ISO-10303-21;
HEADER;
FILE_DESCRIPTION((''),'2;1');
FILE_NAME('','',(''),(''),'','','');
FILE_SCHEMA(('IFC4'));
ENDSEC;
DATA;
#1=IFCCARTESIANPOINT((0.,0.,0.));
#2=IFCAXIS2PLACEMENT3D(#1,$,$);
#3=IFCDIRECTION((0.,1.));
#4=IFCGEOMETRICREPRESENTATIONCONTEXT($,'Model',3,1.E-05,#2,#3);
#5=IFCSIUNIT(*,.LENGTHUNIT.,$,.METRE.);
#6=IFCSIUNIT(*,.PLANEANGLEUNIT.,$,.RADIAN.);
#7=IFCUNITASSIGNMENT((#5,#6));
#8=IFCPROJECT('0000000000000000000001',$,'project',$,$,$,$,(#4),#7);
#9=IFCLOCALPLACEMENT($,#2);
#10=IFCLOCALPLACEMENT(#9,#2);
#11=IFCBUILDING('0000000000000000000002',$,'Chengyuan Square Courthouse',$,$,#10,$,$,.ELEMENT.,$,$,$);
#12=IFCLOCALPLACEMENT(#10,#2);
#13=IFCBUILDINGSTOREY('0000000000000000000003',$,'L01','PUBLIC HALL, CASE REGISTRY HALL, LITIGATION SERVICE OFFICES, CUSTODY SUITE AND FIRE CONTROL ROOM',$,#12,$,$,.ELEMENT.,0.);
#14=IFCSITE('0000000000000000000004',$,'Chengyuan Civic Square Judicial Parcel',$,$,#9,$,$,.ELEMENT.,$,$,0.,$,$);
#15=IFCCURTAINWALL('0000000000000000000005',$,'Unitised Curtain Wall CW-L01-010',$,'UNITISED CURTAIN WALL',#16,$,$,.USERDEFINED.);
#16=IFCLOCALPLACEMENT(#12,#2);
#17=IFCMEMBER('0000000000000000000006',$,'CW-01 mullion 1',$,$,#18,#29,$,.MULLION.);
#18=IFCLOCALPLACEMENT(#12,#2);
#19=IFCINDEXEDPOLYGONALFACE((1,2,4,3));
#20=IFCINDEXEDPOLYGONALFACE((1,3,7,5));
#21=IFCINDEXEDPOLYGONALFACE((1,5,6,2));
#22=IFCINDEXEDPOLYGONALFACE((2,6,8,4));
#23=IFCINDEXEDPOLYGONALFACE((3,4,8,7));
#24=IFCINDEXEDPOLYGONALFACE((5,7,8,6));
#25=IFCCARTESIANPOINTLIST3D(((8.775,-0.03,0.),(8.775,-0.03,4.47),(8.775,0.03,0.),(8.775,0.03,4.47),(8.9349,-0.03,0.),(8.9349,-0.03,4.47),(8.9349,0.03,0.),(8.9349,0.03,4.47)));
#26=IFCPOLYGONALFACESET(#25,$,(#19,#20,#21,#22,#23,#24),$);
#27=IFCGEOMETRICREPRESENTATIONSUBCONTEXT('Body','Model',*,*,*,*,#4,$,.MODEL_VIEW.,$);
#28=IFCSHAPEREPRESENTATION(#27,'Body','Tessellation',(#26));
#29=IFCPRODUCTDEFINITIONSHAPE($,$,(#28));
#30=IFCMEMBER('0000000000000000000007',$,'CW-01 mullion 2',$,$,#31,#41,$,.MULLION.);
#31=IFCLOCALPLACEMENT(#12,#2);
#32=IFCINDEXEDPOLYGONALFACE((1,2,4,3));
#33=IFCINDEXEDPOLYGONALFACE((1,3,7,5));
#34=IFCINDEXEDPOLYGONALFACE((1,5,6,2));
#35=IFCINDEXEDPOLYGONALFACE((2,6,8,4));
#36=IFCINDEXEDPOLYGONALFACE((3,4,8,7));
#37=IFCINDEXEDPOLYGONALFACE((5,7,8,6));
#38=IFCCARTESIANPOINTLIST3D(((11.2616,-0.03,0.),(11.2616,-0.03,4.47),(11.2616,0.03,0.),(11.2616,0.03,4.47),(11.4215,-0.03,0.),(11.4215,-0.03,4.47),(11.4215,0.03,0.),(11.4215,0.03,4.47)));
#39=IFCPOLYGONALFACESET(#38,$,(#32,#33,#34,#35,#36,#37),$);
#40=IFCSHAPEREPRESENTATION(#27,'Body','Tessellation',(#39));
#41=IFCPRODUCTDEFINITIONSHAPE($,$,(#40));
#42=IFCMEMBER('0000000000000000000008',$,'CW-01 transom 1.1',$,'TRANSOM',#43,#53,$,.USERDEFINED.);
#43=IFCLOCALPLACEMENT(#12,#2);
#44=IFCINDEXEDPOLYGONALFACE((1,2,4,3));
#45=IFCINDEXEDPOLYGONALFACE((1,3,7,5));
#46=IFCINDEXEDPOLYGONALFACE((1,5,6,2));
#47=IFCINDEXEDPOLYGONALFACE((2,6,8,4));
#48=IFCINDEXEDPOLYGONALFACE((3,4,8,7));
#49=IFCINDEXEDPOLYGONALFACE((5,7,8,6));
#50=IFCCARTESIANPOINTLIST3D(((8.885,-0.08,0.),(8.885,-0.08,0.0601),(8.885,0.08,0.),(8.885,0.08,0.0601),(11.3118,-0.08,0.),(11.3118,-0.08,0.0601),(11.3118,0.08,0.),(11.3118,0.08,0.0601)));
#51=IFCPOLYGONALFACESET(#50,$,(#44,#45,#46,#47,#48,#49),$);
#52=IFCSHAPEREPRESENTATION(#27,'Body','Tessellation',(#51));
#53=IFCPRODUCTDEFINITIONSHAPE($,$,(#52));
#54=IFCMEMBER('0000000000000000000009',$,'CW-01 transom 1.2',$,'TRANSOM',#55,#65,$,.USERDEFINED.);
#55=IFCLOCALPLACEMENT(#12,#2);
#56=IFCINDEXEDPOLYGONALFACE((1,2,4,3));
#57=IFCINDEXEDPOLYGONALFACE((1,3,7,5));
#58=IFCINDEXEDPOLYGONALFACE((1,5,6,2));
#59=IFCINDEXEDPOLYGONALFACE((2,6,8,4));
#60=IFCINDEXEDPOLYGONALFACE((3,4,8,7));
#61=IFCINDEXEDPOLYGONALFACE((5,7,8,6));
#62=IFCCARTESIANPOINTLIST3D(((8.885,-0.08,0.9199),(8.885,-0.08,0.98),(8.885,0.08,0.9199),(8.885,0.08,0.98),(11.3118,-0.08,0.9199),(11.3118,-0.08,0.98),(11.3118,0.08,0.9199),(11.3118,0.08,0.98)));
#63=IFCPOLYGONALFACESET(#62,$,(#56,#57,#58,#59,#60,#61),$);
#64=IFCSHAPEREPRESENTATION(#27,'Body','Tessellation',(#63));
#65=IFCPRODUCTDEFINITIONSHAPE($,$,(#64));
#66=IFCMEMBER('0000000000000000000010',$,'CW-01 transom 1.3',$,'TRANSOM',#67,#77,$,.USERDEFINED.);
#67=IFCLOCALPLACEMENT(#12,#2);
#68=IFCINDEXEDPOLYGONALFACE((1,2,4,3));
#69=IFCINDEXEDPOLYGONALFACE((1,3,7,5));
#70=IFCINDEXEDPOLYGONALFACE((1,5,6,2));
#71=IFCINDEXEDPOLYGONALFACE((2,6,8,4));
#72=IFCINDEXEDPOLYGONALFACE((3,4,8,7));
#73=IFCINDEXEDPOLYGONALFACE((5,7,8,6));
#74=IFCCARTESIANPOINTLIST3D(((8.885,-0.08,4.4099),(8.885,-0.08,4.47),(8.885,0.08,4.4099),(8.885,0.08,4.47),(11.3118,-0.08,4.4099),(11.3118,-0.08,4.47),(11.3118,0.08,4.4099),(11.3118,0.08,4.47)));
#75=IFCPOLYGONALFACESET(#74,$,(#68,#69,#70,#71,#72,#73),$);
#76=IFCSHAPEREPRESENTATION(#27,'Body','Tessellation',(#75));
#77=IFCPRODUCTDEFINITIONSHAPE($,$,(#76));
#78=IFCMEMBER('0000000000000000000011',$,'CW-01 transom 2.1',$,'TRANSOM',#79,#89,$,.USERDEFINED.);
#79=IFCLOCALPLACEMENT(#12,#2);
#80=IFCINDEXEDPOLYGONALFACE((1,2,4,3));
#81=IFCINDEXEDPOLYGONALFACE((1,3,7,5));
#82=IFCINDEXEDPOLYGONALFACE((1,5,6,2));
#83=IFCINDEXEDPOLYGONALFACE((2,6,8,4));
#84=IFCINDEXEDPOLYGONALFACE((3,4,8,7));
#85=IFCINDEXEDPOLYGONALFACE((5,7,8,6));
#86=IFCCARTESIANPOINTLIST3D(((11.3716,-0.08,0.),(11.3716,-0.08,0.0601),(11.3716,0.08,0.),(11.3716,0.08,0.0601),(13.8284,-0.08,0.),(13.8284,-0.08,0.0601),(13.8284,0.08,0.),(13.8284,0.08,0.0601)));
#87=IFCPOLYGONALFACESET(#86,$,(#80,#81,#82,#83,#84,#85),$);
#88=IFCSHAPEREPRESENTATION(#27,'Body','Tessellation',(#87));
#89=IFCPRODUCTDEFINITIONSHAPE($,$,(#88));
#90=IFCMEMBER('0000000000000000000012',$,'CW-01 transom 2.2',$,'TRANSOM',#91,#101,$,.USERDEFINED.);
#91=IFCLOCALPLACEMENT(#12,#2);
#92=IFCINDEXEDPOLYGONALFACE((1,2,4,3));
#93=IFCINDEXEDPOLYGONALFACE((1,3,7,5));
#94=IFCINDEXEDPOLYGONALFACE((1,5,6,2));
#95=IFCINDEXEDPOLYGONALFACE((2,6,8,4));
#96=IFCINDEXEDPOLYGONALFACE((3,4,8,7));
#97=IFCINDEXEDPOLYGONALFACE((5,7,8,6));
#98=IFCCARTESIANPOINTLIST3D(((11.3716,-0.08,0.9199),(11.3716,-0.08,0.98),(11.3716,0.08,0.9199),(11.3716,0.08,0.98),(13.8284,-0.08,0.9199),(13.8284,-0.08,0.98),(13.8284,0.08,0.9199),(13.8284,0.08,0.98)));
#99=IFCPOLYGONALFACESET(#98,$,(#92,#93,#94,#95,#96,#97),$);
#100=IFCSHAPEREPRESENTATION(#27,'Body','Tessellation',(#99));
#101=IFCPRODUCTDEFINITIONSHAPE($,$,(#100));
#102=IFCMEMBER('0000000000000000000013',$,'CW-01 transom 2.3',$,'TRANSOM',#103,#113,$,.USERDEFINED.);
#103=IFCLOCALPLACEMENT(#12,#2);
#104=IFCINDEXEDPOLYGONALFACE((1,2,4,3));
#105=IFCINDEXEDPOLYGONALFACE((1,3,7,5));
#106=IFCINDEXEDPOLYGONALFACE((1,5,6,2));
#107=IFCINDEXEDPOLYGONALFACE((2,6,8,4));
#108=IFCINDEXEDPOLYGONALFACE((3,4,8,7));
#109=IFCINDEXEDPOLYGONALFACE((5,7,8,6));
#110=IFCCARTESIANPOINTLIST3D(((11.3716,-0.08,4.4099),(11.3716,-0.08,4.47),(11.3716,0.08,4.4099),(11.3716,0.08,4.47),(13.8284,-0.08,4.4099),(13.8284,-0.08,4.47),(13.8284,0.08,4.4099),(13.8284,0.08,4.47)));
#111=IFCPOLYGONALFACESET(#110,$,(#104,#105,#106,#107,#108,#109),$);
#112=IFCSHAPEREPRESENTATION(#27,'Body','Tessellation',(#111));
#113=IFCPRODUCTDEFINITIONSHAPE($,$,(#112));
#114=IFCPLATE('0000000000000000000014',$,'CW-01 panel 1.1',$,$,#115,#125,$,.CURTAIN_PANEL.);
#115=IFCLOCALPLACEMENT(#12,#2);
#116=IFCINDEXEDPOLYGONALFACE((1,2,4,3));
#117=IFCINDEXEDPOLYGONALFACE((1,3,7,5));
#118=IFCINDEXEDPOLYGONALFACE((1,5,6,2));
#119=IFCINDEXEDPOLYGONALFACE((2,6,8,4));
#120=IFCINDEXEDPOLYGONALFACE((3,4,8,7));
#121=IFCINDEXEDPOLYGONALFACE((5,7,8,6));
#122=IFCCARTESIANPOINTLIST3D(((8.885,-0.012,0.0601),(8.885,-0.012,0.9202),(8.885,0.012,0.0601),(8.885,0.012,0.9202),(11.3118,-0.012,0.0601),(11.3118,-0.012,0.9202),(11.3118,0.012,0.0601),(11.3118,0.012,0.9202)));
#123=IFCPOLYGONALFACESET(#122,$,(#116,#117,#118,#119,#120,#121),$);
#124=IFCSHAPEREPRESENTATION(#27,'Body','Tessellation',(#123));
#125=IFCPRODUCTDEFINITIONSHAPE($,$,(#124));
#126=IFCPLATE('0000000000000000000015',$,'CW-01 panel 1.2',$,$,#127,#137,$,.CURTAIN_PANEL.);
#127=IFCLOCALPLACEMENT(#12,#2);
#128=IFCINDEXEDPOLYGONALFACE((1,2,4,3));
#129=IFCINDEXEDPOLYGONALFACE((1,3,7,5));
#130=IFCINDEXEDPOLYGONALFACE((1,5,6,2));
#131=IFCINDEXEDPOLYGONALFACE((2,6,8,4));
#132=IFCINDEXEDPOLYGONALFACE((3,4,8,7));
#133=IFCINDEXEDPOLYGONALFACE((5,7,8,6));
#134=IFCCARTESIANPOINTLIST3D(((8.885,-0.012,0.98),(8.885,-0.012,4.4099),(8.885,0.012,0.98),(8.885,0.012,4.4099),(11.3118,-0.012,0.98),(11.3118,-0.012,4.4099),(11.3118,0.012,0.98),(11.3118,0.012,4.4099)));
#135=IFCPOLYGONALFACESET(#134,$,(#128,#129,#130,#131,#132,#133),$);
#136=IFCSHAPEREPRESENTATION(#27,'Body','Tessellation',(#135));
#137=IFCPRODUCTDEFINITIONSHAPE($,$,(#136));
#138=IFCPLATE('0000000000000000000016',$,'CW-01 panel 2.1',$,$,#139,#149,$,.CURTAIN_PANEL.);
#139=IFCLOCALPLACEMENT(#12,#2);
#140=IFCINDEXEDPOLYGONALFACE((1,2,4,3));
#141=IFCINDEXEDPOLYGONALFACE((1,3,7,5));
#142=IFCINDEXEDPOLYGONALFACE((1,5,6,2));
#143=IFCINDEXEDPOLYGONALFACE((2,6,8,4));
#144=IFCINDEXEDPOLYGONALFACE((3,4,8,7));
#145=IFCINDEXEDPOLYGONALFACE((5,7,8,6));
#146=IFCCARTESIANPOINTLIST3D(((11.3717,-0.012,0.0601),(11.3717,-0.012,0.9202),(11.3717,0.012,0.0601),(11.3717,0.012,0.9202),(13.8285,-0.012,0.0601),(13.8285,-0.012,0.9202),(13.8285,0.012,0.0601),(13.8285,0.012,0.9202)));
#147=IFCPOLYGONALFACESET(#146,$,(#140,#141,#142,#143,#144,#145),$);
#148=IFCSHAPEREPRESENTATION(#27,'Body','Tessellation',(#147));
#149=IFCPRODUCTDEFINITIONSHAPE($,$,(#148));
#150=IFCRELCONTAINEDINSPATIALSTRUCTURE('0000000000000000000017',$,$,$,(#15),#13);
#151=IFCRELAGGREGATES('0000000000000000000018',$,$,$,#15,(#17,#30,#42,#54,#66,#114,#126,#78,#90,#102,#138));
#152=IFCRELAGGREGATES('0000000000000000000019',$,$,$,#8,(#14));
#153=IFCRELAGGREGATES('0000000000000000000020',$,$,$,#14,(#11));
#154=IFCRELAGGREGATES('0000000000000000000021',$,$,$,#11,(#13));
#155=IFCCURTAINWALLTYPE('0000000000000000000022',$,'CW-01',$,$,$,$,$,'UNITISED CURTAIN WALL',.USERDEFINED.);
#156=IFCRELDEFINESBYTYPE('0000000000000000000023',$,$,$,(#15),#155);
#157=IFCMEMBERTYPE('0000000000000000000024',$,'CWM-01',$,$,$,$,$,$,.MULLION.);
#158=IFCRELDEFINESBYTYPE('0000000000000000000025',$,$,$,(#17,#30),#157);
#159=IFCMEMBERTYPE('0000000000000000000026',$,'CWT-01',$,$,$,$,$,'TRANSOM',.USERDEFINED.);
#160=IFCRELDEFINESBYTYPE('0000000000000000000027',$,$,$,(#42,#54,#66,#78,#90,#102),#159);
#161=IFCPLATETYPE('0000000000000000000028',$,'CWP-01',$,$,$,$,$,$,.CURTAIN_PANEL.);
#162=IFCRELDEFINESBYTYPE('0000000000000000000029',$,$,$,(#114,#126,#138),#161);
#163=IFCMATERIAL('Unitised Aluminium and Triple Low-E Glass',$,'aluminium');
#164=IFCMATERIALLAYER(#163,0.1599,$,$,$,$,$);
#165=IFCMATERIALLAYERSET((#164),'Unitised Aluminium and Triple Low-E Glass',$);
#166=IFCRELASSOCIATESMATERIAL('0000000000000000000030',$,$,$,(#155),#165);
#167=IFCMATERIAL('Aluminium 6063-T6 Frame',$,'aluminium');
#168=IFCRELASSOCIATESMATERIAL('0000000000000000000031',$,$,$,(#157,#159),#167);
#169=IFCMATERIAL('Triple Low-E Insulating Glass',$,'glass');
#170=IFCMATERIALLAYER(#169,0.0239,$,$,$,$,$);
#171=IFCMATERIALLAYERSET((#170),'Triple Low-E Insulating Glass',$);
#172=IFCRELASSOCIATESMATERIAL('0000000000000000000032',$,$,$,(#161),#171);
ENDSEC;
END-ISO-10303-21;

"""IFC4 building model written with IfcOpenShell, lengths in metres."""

from ifc_helpers import new_model, si_unit, direction, frame, origin, origin_2d, place, context, subcontext, project, spatial, rectangle, extrude, material, layer, layer_set, material_profile, profile_set, type_object, element, aggregate, save


model = new_model("IFC4")

# Units and contexts
model_context = context("Model", 3, precision=1e-05, world=origin(), true_north=direction((0.0, 1.0)))
body_context = subcontext(model_context, "Body", "Model", "MODEL_VIEW")
ifc_project = project(units=[si_unit("LENGTHUNIT", "METRE"), si_unit("PLANEANGLEUNIT", "RADIAN")], contexts=[model_context])

# Site, building, storey
site_placement = place(None, origin())
site = spatial("IfcSite", under=ifc_project, at=site_placement, Name="Chengyuan Civic Square Judicial Parcel", CompositionType="ELEMENT", RefElevation=0.0)
building_placement = place(site_placement, origin())
building = spatial("IfcBuilding", under=site, at=building_placement, Name="Chengyuan Square Courthouse", CompositionType="ELEMENT")
storey_placement = place(building_placement, origin())
storey = spatial("IfcBuildingStorey", under=building, at=storey_placement, Name="L01", Description="PUBLIC HALL, CASE REGISTRY HALL, LITIGATION SERVICE OFFICES, CUSTODY SUITE AND FIRE CONTROL ROOM", CompositionType="ELEMENT", Elevation=0.0)

# Curtain wall, members, plates
ifc_material_1 = material(Name="Unitised Aluminium and Triple Low-E Glass", Category="aluminium")
ifc_layer_1 = layer(ifc_material_1, 0.1599)
ifc_layer_set_1 = layer_set([ifc_layer_1], Name="Unitised Aluminium and Triple Low-E Glass")
curtain_wall_type = type_object("IfcCurtainWallType", Name="CW-01", ElementType="UNITISED CURTAIN WALL", PredefinedType="USERDEFINED", material=ifc_layer_set_1)
curtain_wall_placement = place(storey_placement, origin())
curtain_wall = element("IfcCurtainWall", 1, at=curtain_wall_placement, inside=storey, type_object=curtain_wall_type, Name="Unitised Curtain Wall CW-L01-010", ObjectType="UNITISED CURTAIN WALL", PredefinedType="USERDEFINED")
ifc_material_2 = material(Name="Aluminium 6063-T6 Frame", Category="aluminium")
ifc_material_profile_1 = material_profile(ifc_material_2, rectangle(XDim=0.0601, YDim=0.1599, at=origin_2d()), Name="CW-MUL-60x160")
ifc_profile_set_1 = profile_set([ifc_material_profile_1], Name="Aluminium 6063-T6 Frame")
member_type_1 = type_object("IfcMemberType", Name="CWM-01", PredefinedType="MULLION", material=ifc_profile_set_1)
member_1_placement = place(storey_placement, frame((8.855, 0.0, 0.0), z_axis=(0.0, 0.0, 1.0), x_axis=(0.0, 1.0, 0.0)))
member_1 = element("IfcMember", 2, at=member_1_placement, type_object=member_type_1, Name="CW-01 mullion 1", PredefinedType="MULLION", context=body_context, shape_type="SweptSolid", body=[
    extrude(rectangle(XDim=0.0601, YDim=0.1599, at=origin_2d()), origin(), (0.0, 0.0, 1.0), 4.47),
])
member_2_placement = place(storey_placement, frame((11.3416, 0.0, 0.0), z_axis=(0.0, 0.0, 1.0), x_axis=(0.0, 1.0, 0.0)))
member_2 = element("IfcMember", 3, at=member_2_placement, type_object=member_type_1, Name="CW-01 mullion 2", PredefinedType="MULLION", context=body_context, shape_type="SweptSolid", body=[
    extrude(rectangle(XDim=0.0601, YDim=0.1599, at=origin_2d()), origin(), (0.0, 0.0, 1.0), 4.47),
])
ifc_material_profile_2 = material_profile(ifc_material_2, rectangle(XDim=0.1599, YDim=0.0601, at=origin_2d()), Name="CW-TRN-60x120")
ifc_profile_set_2 = profile_set([ifc_material_profile_2], Name="Aluminium 6063-T6 Frame")
member_type_2 = type_object("IfcMemberType", Name="CWT-01", ElementType="TRANSOM", PredefinedType="USERDEFINED", material=ifc_profile_set_2)
member_3_placement = place(storey_placement, frame((8.885, 0.0, 0.03), z_axis=(1.0, 0.0, 0.0), x_axis=(0.0, 1.0, 0.0)))
member_3 = element("IfcMember", 4, at=member_3_placement, type_object=member_type_2, Name="CW-01 transom 1.1", ObjectType="TRANSOM", PredefinedType="USERDEFINED", context=body_context, shape_type="SweptSolid", body=[
    extrude(rectangle(XDim=0.1599, YDim=0.0601, at=origin_2d()), origin(), (0.0, 0.0, 1.0), 2.4268),
])
member_4_placement = place(storey_placement, frame((8.885, 0.0, 0.95), z_axis=(1.0, 0.0, 0.0), x_axis=(0.0, 1.0, 0.0)))
member_4 = element("IfcMember", 5, at=member_4_placement, type_object=member_type_2, Name="CW-01 transom 1.2", ObjectType="TRANSOM", PredefinedType="USERDEFINED", context=body_context, shape_type="SweptSolid", body=[
    extrude(rectangle(XDim=0.1599, YDim=0.0601, at=origin_2d()), origin(), (0.0, 0.0, 1.0), 2.4268),
])
member_5_placement = place(storey_placement, frame((8.885, 0.0, 4.4399), z_axis=(1.0, 0.0, 0.0), x_axis=(0.0, 1.0, 0.0)))
member_5 = element("IfcMember", 6, at=member_5_placement, type_object=member_type_2, Name="CW-01 transom 1.3", ObjectType="TRANSOM", PredefinedType="USERDEFINED", context=body_context, shape_type="SweptSolid", body=[
    extrude(rectangle(XDim=0.1599, YDim=0.0601, at=origin_2d()), origin(), (0.0, 0.0, 1.0), 2.4268),
])
member_6_placement = place(storey_placement, frame((11.3716, 0.0, 0.03), z_axis=(1.0, 0.0, 0.0), x_axis=(0.0, 1.0, 0.0)))
member_6 = element("IfcMember", 7, at=member_6_placement, type_object=member_type_2, Name="CW-01 transom 2.1", ObjectType="TRANSOM", PredefinedType="USERDEFINED", context=body_context, shape_type="SweptSolid", body=[
    extrude(rectangle(XDim=0.1599, YDim=0.0601, at=origin_2d()), origin(), (0.0, 0.0, 1.0), 2.4568),
])
member_7_placement = place(storey_placement, frame((11.3716, 0.0, 0.95), z_axis=(1.0, 0.0, 0.0), x_axis=(0.0, 1.0, 0.0)))
member_7 = element("IfcMember", 8, at=member_7_placement, type_object=member_type_2, Name="CW-01 transom 2.2", ObjectType="TRANSOM", PredefinedType="USERDEFINED", context=body_context, shape_type="SweptSolid", body=[
    extrude(rectangle(XDim=0.1599, YDim=0.0601, at=origin_2d()), origin(), (0.0, 0.0, 1.0), 2.4568),
])
member_8_placement = place(storey_placement, frame((11.3716, 0.0, 4.4399), z_axis=(1.0, 0.0, 0.0), x_axis=(0.0, 1.0, 0.0)))
member_8 = element("IfcMember", 9, at=member_8_placement, type_object=member_type_2, Name="CW-01 transom 2.3", ObjectType="TRANSOM", PredefinedType="USERDEFINED", context=body_context, shape_type="SweptSolid", body=[
    extrude(rectangle(XDim=0.1599, YDim=0.0601, at=origin_2d()), origin(), (0.0, 0.0, 1.0), 2.4568),
])
ifc_material_3 = material(Name="Triple Low-E Insulating Glass", Category="glass")
ifc_layer_2 = layer(ifc_material_3, 0.0239)
ifc_layer_set_2 = layer_set([ifc_layer_2], Name="Triple Low-E Insulating Glass")
plate_type = type_object("IfcPlateType", Name="CWP-01", PredefinedType="CURTAIN_PANEL", material=ifc_layer_set_2)
plate_1_placement = place(storey_placement, frame((10.0984, 0.0, 0.0601), z_axis=(0.0, 0.0, 1.0), x_axis=(1.0, 0.0, 0.0)))
plate_1 = element("IfcPlate", 10, at=plate_1_placement, type_object=plate_type, Name="CW-01 panel 1.1", PredefinedType="CURTAIN_PANEL", context=body_context, shape_type="SweptSolid", body=[
    extrude(rectangle(XDim=2.4268, YDim=0.0239, at=origin_2d()), origin(), (0.0, 0.0, 1.0), 0.8601),
])
plate_2_placement = place(storey_placement, frame((10.0984, 0.0, 0.98), z_axis=(0.0, 0.0, 1.0), x_axis=(1.0, 0.0, 0.0)))
plate_2 = element("IfcPlate", 11, at=plate_2_placement, type_object=plate_type, Name="CW-01 panel 1.2", PredefinedType="CURTAIN_PANEL", context=body_context, shape_type="SweptSolid", body=[
    extrude(rectangle(XDim=2.4268, YDim=0.0239, at=origin_2d()), origin(), (0.0, 0.0, 1.0), 3.4299),
])
plate_3_placement = place(storey_placement, frame((12.6001, 0.0, 0.0601), z_axis=(0.0, 0.0, 1.0), x_axis=(1.0, 0.0, 0.0)))
plate_3 = element("IfcPlate", 12, at=plate_3_placement, type_object=plate_type, Name="CW-01 panel 2.1", PredefinedType="CURTAIN_PANEL", context=body_context, shape_type="SweptSolid", body=[
    extrude(rectangle(XDim=2.4568, YDim=0.0239, at=origin_2d()), origin(), (0.0, 0.0, 1.0), 0.8601),
])
aggregate(curtain_wall, [member_1, member_2, member_3, member_4, member_5, plate_1, plate_2, member_6, member_7, member_8, plate_3])

save(model, "model.ifc")
